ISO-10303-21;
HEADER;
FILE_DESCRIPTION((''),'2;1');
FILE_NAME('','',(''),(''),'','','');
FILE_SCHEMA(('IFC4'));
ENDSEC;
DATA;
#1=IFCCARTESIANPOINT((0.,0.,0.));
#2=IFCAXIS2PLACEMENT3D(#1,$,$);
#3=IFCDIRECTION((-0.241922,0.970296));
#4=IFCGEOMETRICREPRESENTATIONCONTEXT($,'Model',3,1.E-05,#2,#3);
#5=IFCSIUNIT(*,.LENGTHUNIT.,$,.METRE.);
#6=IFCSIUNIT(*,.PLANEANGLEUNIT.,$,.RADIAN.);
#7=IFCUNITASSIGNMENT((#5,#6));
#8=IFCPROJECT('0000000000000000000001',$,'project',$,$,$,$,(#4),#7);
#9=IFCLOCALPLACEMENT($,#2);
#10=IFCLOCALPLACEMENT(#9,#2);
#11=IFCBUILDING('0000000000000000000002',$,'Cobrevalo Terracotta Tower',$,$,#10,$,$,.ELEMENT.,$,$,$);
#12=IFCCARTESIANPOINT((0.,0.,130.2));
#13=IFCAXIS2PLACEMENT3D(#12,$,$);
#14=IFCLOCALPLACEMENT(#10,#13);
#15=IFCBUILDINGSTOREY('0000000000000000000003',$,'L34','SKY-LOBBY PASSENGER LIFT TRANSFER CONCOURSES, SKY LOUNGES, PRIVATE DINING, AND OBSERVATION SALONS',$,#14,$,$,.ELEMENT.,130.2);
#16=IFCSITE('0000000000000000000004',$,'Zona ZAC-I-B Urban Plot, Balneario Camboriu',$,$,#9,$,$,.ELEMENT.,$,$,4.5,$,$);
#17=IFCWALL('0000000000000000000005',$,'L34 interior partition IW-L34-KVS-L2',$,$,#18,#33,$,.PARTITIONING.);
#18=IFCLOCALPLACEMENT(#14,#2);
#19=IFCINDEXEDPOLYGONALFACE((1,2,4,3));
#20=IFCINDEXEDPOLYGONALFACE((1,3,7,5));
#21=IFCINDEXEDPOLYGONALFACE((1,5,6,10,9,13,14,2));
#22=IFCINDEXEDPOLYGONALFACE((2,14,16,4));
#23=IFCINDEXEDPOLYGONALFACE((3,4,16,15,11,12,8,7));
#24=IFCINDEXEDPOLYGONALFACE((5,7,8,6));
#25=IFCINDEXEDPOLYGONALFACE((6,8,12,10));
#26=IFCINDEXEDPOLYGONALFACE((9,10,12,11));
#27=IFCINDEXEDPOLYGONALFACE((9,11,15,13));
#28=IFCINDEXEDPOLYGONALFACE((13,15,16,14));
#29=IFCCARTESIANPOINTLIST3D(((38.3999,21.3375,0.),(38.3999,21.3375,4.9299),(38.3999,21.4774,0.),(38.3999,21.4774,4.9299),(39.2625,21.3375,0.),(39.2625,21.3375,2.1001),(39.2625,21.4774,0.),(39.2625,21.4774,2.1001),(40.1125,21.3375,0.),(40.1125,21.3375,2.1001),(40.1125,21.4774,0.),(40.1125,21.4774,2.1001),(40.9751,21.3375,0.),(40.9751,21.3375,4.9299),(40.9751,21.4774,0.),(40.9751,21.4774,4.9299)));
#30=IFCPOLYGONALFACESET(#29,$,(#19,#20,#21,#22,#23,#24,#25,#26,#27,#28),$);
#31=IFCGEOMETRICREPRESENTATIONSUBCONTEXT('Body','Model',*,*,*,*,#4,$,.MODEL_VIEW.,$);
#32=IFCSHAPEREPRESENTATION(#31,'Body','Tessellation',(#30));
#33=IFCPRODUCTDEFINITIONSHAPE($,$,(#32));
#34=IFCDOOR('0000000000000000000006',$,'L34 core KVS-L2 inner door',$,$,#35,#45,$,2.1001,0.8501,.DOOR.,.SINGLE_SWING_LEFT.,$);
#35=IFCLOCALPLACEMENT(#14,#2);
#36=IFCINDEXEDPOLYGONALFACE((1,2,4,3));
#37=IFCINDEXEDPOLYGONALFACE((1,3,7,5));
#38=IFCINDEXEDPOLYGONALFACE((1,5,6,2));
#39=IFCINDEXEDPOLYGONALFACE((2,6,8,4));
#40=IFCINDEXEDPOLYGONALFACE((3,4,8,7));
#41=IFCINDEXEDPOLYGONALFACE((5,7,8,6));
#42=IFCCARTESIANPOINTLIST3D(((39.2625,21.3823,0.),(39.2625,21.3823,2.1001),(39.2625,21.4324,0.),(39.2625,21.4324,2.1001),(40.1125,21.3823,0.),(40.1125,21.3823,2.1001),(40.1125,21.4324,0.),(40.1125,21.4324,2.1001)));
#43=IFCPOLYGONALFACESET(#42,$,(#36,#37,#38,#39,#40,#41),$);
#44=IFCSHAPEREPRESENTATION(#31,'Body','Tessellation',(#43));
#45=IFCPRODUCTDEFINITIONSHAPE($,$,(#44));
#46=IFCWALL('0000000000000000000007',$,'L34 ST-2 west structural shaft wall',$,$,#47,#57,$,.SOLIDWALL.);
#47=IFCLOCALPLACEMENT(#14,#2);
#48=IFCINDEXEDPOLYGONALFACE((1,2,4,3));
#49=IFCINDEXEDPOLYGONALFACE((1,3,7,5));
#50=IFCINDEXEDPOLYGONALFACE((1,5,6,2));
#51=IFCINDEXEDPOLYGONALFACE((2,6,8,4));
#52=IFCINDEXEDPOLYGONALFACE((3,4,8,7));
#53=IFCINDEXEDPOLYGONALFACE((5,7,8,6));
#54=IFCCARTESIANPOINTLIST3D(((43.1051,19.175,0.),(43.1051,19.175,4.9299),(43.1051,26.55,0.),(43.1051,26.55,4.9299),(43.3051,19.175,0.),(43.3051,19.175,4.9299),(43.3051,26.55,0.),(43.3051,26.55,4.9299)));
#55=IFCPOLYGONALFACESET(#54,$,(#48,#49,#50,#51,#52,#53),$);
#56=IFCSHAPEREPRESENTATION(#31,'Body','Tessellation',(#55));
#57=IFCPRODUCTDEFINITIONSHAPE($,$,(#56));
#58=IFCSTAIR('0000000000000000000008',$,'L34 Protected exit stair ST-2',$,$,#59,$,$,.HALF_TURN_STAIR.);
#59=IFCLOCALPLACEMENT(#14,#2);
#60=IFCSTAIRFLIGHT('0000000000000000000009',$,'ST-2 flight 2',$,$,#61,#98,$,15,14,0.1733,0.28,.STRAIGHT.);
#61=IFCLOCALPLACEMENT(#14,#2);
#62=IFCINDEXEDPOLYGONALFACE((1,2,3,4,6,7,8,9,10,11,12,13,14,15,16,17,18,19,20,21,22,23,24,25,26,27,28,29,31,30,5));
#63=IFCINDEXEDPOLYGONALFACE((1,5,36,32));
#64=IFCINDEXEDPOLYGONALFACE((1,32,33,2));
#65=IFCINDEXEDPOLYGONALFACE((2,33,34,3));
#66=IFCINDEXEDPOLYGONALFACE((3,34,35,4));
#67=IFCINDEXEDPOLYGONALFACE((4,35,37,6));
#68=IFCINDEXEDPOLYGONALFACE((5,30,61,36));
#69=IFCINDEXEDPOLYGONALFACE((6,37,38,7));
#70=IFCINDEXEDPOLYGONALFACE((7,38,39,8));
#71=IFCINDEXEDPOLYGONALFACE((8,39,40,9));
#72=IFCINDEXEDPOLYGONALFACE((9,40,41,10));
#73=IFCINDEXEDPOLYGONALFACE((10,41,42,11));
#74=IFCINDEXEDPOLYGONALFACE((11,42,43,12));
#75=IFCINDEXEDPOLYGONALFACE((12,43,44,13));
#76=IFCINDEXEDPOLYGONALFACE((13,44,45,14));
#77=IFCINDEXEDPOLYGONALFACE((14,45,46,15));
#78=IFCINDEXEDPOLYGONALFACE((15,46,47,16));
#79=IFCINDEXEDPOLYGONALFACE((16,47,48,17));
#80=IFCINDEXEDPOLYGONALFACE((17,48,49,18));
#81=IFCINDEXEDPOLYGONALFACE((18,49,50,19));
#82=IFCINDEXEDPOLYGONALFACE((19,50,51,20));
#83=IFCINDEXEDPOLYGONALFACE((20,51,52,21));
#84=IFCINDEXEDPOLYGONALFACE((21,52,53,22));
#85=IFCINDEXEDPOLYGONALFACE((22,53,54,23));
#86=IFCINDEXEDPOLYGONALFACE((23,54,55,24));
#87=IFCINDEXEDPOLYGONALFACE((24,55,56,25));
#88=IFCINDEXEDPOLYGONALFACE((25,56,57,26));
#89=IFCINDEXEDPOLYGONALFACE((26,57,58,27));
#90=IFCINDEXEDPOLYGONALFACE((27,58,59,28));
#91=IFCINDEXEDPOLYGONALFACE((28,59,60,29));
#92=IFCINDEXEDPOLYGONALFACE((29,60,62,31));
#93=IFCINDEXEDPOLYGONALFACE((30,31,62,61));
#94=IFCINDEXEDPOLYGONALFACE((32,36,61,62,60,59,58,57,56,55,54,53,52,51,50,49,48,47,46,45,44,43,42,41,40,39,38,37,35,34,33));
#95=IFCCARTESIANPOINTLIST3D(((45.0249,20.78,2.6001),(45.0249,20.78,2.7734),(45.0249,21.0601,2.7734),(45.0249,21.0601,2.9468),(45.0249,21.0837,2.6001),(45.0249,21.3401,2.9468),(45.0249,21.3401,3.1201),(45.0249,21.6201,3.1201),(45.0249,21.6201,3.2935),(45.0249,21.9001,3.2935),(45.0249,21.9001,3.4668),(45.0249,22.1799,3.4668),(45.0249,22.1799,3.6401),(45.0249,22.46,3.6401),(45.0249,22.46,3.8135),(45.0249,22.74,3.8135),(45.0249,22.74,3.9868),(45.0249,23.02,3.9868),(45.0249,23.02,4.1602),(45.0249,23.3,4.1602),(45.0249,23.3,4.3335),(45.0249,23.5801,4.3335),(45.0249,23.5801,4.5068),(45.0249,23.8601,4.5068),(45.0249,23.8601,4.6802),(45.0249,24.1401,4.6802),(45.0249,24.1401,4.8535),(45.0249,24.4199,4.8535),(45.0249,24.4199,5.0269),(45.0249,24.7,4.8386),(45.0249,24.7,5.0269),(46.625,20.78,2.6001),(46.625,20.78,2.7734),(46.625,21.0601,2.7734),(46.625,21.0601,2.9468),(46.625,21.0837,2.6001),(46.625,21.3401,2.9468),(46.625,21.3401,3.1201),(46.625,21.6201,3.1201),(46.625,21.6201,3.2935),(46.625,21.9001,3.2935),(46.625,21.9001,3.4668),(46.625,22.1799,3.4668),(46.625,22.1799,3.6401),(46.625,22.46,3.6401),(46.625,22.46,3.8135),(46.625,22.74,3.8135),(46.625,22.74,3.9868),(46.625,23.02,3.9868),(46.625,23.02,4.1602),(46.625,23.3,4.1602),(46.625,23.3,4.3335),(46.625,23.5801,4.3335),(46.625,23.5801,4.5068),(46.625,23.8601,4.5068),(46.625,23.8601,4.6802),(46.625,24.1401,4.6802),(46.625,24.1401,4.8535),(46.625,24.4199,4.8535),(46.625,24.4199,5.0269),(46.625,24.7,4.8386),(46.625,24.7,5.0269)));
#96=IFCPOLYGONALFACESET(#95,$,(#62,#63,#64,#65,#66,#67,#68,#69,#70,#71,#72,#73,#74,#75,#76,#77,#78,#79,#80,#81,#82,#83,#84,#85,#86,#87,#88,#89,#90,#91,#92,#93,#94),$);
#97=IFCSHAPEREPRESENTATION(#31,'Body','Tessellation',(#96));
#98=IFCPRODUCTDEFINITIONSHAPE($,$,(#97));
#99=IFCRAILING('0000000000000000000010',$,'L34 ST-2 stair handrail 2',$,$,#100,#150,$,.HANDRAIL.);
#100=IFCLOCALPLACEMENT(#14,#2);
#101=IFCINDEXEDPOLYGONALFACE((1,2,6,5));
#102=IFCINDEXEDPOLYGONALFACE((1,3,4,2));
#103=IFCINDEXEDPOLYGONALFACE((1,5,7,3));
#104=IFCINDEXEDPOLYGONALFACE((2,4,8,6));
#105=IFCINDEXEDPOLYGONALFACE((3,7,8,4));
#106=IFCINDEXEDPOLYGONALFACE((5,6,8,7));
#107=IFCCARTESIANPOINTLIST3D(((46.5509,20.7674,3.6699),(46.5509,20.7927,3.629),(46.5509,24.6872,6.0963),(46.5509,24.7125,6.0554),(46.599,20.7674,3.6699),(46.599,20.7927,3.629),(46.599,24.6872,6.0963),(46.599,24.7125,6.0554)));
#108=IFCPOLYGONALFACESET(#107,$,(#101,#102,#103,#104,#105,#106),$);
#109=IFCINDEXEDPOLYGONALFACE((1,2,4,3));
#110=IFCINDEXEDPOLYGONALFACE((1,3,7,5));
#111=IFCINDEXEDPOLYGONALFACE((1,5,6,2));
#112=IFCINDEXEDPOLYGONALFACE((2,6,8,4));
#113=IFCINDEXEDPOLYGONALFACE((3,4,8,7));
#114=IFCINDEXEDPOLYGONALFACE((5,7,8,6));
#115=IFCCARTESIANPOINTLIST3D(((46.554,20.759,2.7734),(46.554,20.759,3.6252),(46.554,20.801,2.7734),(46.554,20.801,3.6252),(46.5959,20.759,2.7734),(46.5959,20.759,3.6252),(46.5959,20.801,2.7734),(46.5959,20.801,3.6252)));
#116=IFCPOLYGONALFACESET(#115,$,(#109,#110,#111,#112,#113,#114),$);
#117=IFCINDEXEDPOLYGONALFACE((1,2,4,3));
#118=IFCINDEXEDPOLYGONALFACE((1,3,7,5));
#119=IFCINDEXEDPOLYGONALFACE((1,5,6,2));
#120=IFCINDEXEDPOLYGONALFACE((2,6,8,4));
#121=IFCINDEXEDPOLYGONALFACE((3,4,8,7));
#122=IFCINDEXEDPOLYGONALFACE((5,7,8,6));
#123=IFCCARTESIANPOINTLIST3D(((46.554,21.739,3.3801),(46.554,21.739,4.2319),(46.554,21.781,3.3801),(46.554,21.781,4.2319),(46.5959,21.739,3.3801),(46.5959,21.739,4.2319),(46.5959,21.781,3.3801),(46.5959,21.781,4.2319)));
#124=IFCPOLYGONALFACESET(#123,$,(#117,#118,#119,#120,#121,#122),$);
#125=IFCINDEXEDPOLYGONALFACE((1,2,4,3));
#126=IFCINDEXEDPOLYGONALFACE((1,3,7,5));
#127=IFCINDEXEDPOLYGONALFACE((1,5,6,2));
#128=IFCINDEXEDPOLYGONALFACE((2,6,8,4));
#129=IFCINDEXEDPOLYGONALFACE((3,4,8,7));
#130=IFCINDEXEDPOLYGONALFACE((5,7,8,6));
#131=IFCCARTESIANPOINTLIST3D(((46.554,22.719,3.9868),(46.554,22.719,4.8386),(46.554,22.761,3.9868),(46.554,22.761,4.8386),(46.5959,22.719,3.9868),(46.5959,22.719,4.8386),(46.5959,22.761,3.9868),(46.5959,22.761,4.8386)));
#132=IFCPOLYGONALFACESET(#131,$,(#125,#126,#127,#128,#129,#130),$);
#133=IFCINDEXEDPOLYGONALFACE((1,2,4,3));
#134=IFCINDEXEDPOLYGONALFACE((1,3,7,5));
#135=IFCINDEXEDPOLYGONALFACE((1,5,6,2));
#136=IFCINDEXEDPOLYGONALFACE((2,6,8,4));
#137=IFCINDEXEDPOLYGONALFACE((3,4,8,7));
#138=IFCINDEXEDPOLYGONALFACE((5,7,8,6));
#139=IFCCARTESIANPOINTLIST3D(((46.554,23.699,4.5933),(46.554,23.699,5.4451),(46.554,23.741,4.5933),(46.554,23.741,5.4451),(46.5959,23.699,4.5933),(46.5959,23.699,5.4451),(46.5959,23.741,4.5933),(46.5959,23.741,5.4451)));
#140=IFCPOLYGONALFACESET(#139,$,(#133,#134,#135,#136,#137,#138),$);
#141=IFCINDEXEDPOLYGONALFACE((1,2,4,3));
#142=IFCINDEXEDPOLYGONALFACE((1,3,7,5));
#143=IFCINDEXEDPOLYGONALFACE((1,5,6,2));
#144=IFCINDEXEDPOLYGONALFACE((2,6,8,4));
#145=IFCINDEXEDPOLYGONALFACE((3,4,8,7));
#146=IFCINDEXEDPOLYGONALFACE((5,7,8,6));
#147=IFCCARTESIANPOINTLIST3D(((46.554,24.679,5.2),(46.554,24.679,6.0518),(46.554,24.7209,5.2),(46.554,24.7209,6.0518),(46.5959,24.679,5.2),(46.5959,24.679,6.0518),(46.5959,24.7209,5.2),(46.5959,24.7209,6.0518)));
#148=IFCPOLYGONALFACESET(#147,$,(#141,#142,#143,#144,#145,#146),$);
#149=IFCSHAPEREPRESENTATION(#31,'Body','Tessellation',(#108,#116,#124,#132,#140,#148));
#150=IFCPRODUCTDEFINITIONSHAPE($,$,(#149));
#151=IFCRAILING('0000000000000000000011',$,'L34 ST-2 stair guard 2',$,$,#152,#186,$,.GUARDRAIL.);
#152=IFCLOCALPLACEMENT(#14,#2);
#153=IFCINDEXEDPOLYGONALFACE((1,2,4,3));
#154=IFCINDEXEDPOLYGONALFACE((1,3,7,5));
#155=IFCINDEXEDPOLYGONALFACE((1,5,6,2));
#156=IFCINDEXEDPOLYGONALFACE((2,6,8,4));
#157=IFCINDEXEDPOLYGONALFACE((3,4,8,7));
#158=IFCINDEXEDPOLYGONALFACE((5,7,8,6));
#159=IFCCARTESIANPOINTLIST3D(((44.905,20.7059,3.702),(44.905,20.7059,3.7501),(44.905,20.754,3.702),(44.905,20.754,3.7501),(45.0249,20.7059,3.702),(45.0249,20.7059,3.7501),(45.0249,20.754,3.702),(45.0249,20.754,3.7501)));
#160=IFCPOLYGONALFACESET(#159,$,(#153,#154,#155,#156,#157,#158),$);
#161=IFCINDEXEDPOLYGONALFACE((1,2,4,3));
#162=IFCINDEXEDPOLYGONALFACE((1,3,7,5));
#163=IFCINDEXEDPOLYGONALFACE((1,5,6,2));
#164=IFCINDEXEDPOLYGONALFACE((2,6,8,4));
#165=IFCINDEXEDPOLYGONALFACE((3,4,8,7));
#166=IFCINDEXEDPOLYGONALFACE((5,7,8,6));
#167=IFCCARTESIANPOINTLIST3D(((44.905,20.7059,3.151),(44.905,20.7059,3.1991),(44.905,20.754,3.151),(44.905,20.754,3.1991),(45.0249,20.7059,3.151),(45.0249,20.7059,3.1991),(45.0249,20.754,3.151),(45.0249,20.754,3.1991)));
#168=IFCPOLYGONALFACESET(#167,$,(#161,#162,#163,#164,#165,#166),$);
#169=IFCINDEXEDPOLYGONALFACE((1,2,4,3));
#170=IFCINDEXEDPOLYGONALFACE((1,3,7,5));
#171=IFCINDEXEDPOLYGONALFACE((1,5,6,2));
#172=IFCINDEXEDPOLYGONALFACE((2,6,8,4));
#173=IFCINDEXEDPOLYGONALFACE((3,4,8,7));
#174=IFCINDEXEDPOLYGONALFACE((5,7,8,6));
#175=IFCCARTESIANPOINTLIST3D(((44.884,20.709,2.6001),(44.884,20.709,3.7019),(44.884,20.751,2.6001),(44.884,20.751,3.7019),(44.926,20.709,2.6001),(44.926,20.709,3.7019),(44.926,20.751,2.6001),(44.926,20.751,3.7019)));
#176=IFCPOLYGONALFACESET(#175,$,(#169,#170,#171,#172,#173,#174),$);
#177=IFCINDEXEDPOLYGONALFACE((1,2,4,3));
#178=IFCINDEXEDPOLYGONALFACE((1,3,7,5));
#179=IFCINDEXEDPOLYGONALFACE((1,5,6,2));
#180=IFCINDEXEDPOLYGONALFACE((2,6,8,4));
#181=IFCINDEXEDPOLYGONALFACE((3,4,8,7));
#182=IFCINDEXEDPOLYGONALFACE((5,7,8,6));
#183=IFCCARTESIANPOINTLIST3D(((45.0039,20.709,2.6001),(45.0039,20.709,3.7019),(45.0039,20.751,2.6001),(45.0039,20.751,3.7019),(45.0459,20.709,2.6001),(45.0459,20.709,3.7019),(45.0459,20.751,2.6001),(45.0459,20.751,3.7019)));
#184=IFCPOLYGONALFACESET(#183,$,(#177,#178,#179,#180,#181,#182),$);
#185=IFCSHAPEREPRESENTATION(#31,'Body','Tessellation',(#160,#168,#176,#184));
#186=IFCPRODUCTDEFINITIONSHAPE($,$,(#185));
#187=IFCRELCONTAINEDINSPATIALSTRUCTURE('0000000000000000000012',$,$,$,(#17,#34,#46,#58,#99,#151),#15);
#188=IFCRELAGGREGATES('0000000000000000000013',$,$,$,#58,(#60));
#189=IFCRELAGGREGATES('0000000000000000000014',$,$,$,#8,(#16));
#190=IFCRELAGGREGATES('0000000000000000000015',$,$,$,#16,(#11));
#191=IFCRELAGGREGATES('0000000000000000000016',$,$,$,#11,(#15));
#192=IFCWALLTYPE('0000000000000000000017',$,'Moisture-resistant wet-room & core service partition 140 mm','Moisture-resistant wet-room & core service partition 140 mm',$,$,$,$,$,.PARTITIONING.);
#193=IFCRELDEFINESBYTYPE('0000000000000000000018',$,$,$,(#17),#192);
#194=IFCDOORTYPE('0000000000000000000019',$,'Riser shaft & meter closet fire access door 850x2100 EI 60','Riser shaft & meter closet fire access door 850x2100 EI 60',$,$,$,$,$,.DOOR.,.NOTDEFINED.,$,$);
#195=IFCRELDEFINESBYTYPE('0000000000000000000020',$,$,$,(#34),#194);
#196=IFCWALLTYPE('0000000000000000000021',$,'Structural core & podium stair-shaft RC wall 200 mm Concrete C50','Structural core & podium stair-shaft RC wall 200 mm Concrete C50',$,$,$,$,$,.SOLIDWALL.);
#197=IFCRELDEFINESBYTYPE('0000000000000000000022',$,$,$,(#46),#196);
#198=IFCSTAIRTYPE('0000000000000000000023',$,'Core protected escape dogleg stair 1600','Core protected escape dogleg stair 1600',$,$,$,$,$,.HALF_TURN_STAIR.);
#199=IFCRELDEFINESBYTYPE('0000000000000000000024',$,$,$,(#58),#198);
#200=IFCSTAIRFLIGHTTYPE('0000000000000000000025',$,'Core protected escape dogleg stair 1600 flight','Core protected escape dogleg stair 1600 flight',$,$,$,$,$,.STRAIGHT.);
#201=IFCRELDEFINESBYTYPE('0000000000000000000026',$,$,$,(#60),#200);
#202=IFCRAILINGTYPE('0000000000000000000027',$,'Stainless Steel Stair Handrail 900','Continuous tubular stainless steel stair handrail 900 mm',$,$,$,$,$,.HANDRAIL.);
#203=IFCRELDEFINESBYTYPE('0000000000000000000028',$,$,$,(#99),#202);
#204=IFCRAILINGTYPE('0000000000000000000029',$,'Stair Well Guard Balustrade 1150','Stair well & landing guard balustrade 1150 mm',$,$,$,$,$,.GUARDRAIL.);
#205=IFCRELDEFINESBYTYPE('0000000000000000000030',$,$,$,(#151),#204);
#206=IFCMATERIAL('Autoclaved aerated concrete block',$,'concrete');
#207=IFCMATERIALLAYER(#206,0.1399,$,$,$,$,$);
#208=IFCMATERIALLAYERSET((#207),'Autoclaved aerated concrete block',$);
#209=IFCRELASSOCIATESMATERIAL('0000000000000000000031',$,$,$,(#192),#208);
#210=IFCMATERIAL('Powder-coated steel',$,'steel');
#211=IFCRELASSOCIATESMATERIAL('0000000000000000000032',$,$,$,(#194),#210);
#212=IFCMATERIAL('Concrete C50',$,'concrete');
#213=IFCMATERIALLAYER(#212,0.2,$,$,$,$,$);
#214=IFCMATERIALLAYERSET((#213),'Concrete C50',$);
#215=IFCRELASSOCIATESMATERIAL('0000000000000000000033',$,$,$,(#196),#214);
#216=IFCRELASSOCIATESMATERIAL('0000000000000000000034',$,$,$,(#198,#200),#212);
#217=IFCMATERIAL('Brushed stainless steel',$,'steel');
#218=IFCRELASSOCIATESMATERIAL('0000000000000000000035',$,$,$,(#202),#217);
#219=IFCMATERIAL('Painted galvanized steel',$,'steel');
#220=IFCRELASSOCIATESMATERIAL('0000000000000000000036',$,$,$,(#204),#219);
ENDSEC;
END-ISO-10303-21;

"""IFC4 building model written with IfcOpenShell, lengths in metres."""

from ifc_helpers import new_model, si_unit, direction, frame, frame_2d, origin, origin_2d, place, context, subcontext, project, spatial, polyline, rectangle, outline, extrude, source, transform, mapped, material, layer, layer_set, type_object, element, fill, aggregate, save


model = new_model("IFC4")

# Units and contexts
model_context = context("Model", 3, precision=1e-05, world=origin(), true_north=direction((-0.241922, 0.970296)))
body_context = subcontext(model_context, "Body", "Model", "MODEL_VIEW")
ifc_project = project(units=[si_unit("LENGTHUNIT", "METRE"), si_unit("PLANEANGLEUNIT", "RADIAN")], contexts=[model_context])

# Site, building, storey
site_placement = place(None, origin())
site = spatial("IfcSite", under=ifc_project, at=site_placement, Name="Zona ZAC-I-B Urban Plot, Balneario Camboriu", CompositionType="ELEMENT", RefElevation=4.5)
building_placement = place(site_placement, origin())
building = spatial("IfcBuilding", under=site, at=building_placement, Name="Cobrevalo Terracotta Tower", CompositionType="ELEMENT")
storey_placement = place(building_placement, frame((0.0, 0.0, 130.2)))
storey = spatial("IfcBuildingStorey", under=building, at=storey_placement, Name="L34", Description="SKY-LOBBY PASSENGER LIFT TRANSFER CONCOURSES, SKY LOUNGES, PRIVATE DINING, AND OBSERVATION SALONS", CompositionType="ELEMENT", Elevation=130.2)

# Shared definitions
ifc_material_1 = material(Name="Autoclaved aerated concrete block", Category="concrete")
ifc_layer_1 = layer(ifc_material_1, 0.1399)
ifc_layer_set_1 = layer_set([ifc_layer_1], Name="Autoclaved aerated concrete block")
wall_type_1 = type_object("IfcWallType", Name="Moisture-resistant wet-room & core service partition 140 mm", Description="Moisture-resistant wet-room & core service partition 140 mm", PredefinedType="PARTITIONING", material=ifc_layer_set_1)

# Wall, opening, door
wall_1_placement = place(storey_placement, frame((38.3999, 21.4075, 0.0), z_axis=(0.0, 0.0, 1.0), x_axis=(1.0, 0.0, 0.0)))
wall_1 = element("IfcWall", 1, at=wall_1_placement, inside=storey, type_object=wall_type_1, Name="L34 interior partition IW-L34-KVS-L2", PredefinedType="PARTITIONING", context=body_context, shape_type="SweptSolid", body=[
    extrude(rectangle(XDim=2.5752, YDim=0.1399, at=frame_2d((1.2876, 0.0))), origin(), (0.0, 0.0, 1.0), 4.9299),
])
opening_1_placement = place(wall_1_placement, frame((0.8625, 0.0, 0.0)))
opening_1 = element("IfcOpeningElement", 2, at=opening_1_placement, cuts=wall_1, PredefinedType="OPENING", context=body_context, shape_type="SweptSolid", body=[
    extrude(rectangle(XDim=0.8501, YDim=2.1001, at=frame_2d((0.425, 1.05))), frame((0.0, 0.0801, 0.0), z_axis=(0.0, -1.0, 0.0), x_axis=(1.0, 0.0, 0.0)), (0.0, 0.0, 1.0), 0.1599),
])
ifc_material_2 = material(Name="Powder-coated steel", Category="steel")
door_type_1 = type_object("IfcDoorType", Name="Riser shaft & meter closet fire access door 850x2100 EI 60", Description="Riser shaft & meter closet fire access door 850x2100 EI 60", OperationType="NOTDEFINED", PredefinedType="DOOR", material=ifc_material_2)
shared_shape_1 = source(origin(), body_context, "Body", "SweptSolid", [
    extrude(rectangle(XDim=0.8501, YDim=2.1001, at=frame_2d((0.425, 1.05))), frame((0.0, 0.0249, 0.0), z_axis=(0.0, -1.0, 0.0), x_axis=(1.0, 0.0, 0.0)), (0.0, 0.0, 1.0), 0.05),
])
door_1_placement = place(opening_1_placement, origin())
door_1 = element("IfcDoor", 3, at=door_1_placement, inside=storey, type_object=door_type_1, Name="L34 core KVS-L2 inner door", OperationType="SINGLE_SWING_LEFT", OverallHeight=2.1001, OverallWidth=0.8501, PredefinedType="DOOR", context=body_context, shape_type="MappedRepresentation", body=[
    mapped(shared_shape_1, transform((0.0, 0.0, 0.0), scale=1.0)),
])
fill(opening_1, door_1)

# Wall
ifc_material_3 = material(Name="Concrete C50", Category="concrete")
ifc_layer_2 = layer(ifc_material_3, 0.2)
ifc_layer_set_2 = layer_set([ifc_layer_2], Name="Concrete C50")
wall_type_2 = type_object("IfcWallType", Name="Structural core & podium stair-shaft RC wall 200 mm Concrete C50", Description="Structural core & podium stair-shaft RC wall 200 mm Concrete C50", PredefinedType="SOLIDWALL", material=ifc_layer_set_2)
wall_2_placement = place(storey_placement, frame((43.2051, 19.175, 0.0), z_axis=(0.0, 0.0, 1.0), x_axis=(0.0, 1.0, 0.0)))
element("IfcWall", 4, at=wall_2_placement, inside=storey, type_object=wall_type_2, Name="L34 ST-2 west structural shaft wall", PredefinedType="SOLIDWALL", context=body_context, shape_type="SweptSolid", body=[
    extrude(rectangle(XDim=7.375, YDim=0.2, at=frame_2d((3.6875, 0.0))), origin(), (0.0, 0.0, 1.0), 4.9299),
])

# Stair, stair flight
stair_type = type_object("IfcStairType", Name="Core protected escape dogleg stair 1600", Description="Core protected escape dogleg stair 1600", PredefinedType="HALF_TURN_STAIR", material=ifc_material_3)
stair_placement = place(storey_placement, origin())
stair = element("IfcStair", 5, at=stair_placement, inside=storey, type_object=stair_type, Name="L34 Protected exit stair ST-2", PredefinedType="HALF_TURN_STAIR")
stair_flight_type = type_object("IfcStairFlightType", Name="Core protected escape dogleg stair 1600 flight", Description="Core protected escape dogleg stair 1600 flight", PredefinedType="STRAIGHT", material=ifc_material_3)
stair_flight_placement = place(storey_placement, frame((45.825, 20.78, 2.6001), z_axis=(0.0, 0.0, 1.0), x_axis=(0.0, 1.0, 0.0)))
stair_flight = element("IfcStairFlight", 6, at=stair_flight_placement, type_object=stair_flight_type, Name="ST-2 flight 2", NumberOfRisers=15, NumberOfTreads=14, PredefinedType="STRAIGHT", RiserHeight=0.1733, TreadLength=0.28, context=body_context, shape_type="SweptSolid", body=[
    extrude(outline(polyline([(0.0, 0.0), (0.0, 0.1733), (0.28, 0.1733), (0.28, 0.3467), (0.5601, 0.3467), (0.5601, 0.52), (0.8401, 0.52), (0.8401, 0.6934), (1.1201, 0.6934), (1.1201, 0.8667), (1.3999, 0.8667), (1.3999, 1.04), (1.6799, 1.04), (1.6799, 1.2134), (1.96, 1.2134), (1.96, 1.3867), (2.24, 1.3867), (2.24, 1.5601), (2.52, 1.5601), (2.52, 1.7334), (2.8, 1.7334), (2.8, 1.9067), (3.0801, 1.9067), (3.0801, 2.0801), (3.3601, 2.0801), (3.3601, 2.2534), (3.6399, 2.2534), (3.6399, 2.4268), (3.9199, 2.4268), (3.9199, 2.6001), (3.9199, 2.2385), (0.3037, 0.0), (0.0, 0.0)])), frame((0.0, 0.8, 0.0), z_axis=(0.0, -1.0, 0.0), x_axis=(1.0, 0.0, 0.0)), (0.0, 0.0, 1.0), 1.6001),
])
aggregate(stair, [stair_flight])

# Railings
ifc_material_4 = material(Name="Brushed stainless steel", Category="steel")
railing_type_1 = type_object("IfcRailingType", Name="Stainless Steel Stair Handrail 900", Description="Continuous tubular stainless steel stair handrail 900 mm", PredefinedType="HANDRAIL", material=ifc_material_4)
railing_1_placement = place(storey_placement, frame((46.575, 20.78, 2.7734)))
element("IfcRailing", 7, at=railing_1_placement, inside=storey, type_object=railing_type_1, Name="L34 ST-2 stair handrail 2", PredefinedType="HANDRAIL", context=body_context, shape_type="SweptSolid", body=[
    extrude(rectangle(XDim=0.0481, YDim=0.0481, at=origin_2d()), frame((0.0, 0.0, 0.876), z_axis=(0.0, 0.850275, 0.526338), x_axis=(-1.0, 0.0, 0.0)), (0.0, 0.0, 1.0), 4.6101),
    extrude(rectangle(XDim=0.042, YDim=0.042, at=origin_2d()), origin(), (0.0, 0.0, 1.0), 0.8518),
    extrude(rectangle(XDim=0.042, YDim=0.042, at=origin_2d()), frame((0.0, 0.98, 0.6067)), (0.0, 0.0, 1.0), 0.8518),
    extrude(rectangle(XDim=0.042, YDim=0.042, at=origin_2d()), frame((0.0, 1.96, 1.2134)), (0.0, 0.0, 1.0), 0.8518),
    extrude(rectangle(XDim=0.042, YDim=0.042, at=origin_2d()), frame((0.0, 2.9399, 1.8198)), (0.0, 0.0, 1.0), 0.8518),
    extrude(rectangle(XDim=0.042, YDim=0.042, at=origin_2d()), frame((0.0, 3.9199, 2.4265)), (0.0, 0.0, 1.0), 0.8518),
])
ifc_material_5 = material(Name="Painted galvanized steel", Category="steel")
railing_type_2 = type_object("IfcRailingType", Name="Stair Well Guard Balustrade 1150", Description="Stair well & landing guard balustrade 1150 mm", PredefinedType="GUARDRAIL", material=ifc_material_5)
railing_2_placement = place(storey_placement, frame((44.905, 20.73, 2.6001)))
element("IfcRailing", 8, at=railing_2_placement, inside=storey, type_object=railing_type_2, Name="L34 ST-2 stair guard 2", PredefinedType="GUARDRAIL", context=body_context, shape_type="SweptSolid", body=[
    extrude(rectangle(XDim=0.0481, YDim=0.0481, at=origin_2d()), frame((0.0, 0.0, 1.126), z_axis=(1.0, 0.0, 0.0), x_axis=(0.0, 1.0, 0.0)), (0.0, 0.0, 1.0), 0.1199),
    extrude(rectangle(XDim=0.0481, YDim=0.0481, at=origin_2d()), frame((0.0, 0.0, 0.575), z_axis=(1.0, 0.0, 0.0), x_axis=(0.0, 1.0, 0.0)), (0.0, 0.0, 1.0), 0.1199),
    extrude(rectangle(XDim=0.042, YDim=0.042, at=origin_2d()), origin(), (0.0, 0.0, 1.0), 1.1018),
    extrude(rectangle(XDim=0.042, YDim=0.042, at=origin_2d()), frame((0.1199, 0.0, 0.0)), (0.0, 0.0, 1.0), 1.1018),
])

save(model, "model.ifc")
